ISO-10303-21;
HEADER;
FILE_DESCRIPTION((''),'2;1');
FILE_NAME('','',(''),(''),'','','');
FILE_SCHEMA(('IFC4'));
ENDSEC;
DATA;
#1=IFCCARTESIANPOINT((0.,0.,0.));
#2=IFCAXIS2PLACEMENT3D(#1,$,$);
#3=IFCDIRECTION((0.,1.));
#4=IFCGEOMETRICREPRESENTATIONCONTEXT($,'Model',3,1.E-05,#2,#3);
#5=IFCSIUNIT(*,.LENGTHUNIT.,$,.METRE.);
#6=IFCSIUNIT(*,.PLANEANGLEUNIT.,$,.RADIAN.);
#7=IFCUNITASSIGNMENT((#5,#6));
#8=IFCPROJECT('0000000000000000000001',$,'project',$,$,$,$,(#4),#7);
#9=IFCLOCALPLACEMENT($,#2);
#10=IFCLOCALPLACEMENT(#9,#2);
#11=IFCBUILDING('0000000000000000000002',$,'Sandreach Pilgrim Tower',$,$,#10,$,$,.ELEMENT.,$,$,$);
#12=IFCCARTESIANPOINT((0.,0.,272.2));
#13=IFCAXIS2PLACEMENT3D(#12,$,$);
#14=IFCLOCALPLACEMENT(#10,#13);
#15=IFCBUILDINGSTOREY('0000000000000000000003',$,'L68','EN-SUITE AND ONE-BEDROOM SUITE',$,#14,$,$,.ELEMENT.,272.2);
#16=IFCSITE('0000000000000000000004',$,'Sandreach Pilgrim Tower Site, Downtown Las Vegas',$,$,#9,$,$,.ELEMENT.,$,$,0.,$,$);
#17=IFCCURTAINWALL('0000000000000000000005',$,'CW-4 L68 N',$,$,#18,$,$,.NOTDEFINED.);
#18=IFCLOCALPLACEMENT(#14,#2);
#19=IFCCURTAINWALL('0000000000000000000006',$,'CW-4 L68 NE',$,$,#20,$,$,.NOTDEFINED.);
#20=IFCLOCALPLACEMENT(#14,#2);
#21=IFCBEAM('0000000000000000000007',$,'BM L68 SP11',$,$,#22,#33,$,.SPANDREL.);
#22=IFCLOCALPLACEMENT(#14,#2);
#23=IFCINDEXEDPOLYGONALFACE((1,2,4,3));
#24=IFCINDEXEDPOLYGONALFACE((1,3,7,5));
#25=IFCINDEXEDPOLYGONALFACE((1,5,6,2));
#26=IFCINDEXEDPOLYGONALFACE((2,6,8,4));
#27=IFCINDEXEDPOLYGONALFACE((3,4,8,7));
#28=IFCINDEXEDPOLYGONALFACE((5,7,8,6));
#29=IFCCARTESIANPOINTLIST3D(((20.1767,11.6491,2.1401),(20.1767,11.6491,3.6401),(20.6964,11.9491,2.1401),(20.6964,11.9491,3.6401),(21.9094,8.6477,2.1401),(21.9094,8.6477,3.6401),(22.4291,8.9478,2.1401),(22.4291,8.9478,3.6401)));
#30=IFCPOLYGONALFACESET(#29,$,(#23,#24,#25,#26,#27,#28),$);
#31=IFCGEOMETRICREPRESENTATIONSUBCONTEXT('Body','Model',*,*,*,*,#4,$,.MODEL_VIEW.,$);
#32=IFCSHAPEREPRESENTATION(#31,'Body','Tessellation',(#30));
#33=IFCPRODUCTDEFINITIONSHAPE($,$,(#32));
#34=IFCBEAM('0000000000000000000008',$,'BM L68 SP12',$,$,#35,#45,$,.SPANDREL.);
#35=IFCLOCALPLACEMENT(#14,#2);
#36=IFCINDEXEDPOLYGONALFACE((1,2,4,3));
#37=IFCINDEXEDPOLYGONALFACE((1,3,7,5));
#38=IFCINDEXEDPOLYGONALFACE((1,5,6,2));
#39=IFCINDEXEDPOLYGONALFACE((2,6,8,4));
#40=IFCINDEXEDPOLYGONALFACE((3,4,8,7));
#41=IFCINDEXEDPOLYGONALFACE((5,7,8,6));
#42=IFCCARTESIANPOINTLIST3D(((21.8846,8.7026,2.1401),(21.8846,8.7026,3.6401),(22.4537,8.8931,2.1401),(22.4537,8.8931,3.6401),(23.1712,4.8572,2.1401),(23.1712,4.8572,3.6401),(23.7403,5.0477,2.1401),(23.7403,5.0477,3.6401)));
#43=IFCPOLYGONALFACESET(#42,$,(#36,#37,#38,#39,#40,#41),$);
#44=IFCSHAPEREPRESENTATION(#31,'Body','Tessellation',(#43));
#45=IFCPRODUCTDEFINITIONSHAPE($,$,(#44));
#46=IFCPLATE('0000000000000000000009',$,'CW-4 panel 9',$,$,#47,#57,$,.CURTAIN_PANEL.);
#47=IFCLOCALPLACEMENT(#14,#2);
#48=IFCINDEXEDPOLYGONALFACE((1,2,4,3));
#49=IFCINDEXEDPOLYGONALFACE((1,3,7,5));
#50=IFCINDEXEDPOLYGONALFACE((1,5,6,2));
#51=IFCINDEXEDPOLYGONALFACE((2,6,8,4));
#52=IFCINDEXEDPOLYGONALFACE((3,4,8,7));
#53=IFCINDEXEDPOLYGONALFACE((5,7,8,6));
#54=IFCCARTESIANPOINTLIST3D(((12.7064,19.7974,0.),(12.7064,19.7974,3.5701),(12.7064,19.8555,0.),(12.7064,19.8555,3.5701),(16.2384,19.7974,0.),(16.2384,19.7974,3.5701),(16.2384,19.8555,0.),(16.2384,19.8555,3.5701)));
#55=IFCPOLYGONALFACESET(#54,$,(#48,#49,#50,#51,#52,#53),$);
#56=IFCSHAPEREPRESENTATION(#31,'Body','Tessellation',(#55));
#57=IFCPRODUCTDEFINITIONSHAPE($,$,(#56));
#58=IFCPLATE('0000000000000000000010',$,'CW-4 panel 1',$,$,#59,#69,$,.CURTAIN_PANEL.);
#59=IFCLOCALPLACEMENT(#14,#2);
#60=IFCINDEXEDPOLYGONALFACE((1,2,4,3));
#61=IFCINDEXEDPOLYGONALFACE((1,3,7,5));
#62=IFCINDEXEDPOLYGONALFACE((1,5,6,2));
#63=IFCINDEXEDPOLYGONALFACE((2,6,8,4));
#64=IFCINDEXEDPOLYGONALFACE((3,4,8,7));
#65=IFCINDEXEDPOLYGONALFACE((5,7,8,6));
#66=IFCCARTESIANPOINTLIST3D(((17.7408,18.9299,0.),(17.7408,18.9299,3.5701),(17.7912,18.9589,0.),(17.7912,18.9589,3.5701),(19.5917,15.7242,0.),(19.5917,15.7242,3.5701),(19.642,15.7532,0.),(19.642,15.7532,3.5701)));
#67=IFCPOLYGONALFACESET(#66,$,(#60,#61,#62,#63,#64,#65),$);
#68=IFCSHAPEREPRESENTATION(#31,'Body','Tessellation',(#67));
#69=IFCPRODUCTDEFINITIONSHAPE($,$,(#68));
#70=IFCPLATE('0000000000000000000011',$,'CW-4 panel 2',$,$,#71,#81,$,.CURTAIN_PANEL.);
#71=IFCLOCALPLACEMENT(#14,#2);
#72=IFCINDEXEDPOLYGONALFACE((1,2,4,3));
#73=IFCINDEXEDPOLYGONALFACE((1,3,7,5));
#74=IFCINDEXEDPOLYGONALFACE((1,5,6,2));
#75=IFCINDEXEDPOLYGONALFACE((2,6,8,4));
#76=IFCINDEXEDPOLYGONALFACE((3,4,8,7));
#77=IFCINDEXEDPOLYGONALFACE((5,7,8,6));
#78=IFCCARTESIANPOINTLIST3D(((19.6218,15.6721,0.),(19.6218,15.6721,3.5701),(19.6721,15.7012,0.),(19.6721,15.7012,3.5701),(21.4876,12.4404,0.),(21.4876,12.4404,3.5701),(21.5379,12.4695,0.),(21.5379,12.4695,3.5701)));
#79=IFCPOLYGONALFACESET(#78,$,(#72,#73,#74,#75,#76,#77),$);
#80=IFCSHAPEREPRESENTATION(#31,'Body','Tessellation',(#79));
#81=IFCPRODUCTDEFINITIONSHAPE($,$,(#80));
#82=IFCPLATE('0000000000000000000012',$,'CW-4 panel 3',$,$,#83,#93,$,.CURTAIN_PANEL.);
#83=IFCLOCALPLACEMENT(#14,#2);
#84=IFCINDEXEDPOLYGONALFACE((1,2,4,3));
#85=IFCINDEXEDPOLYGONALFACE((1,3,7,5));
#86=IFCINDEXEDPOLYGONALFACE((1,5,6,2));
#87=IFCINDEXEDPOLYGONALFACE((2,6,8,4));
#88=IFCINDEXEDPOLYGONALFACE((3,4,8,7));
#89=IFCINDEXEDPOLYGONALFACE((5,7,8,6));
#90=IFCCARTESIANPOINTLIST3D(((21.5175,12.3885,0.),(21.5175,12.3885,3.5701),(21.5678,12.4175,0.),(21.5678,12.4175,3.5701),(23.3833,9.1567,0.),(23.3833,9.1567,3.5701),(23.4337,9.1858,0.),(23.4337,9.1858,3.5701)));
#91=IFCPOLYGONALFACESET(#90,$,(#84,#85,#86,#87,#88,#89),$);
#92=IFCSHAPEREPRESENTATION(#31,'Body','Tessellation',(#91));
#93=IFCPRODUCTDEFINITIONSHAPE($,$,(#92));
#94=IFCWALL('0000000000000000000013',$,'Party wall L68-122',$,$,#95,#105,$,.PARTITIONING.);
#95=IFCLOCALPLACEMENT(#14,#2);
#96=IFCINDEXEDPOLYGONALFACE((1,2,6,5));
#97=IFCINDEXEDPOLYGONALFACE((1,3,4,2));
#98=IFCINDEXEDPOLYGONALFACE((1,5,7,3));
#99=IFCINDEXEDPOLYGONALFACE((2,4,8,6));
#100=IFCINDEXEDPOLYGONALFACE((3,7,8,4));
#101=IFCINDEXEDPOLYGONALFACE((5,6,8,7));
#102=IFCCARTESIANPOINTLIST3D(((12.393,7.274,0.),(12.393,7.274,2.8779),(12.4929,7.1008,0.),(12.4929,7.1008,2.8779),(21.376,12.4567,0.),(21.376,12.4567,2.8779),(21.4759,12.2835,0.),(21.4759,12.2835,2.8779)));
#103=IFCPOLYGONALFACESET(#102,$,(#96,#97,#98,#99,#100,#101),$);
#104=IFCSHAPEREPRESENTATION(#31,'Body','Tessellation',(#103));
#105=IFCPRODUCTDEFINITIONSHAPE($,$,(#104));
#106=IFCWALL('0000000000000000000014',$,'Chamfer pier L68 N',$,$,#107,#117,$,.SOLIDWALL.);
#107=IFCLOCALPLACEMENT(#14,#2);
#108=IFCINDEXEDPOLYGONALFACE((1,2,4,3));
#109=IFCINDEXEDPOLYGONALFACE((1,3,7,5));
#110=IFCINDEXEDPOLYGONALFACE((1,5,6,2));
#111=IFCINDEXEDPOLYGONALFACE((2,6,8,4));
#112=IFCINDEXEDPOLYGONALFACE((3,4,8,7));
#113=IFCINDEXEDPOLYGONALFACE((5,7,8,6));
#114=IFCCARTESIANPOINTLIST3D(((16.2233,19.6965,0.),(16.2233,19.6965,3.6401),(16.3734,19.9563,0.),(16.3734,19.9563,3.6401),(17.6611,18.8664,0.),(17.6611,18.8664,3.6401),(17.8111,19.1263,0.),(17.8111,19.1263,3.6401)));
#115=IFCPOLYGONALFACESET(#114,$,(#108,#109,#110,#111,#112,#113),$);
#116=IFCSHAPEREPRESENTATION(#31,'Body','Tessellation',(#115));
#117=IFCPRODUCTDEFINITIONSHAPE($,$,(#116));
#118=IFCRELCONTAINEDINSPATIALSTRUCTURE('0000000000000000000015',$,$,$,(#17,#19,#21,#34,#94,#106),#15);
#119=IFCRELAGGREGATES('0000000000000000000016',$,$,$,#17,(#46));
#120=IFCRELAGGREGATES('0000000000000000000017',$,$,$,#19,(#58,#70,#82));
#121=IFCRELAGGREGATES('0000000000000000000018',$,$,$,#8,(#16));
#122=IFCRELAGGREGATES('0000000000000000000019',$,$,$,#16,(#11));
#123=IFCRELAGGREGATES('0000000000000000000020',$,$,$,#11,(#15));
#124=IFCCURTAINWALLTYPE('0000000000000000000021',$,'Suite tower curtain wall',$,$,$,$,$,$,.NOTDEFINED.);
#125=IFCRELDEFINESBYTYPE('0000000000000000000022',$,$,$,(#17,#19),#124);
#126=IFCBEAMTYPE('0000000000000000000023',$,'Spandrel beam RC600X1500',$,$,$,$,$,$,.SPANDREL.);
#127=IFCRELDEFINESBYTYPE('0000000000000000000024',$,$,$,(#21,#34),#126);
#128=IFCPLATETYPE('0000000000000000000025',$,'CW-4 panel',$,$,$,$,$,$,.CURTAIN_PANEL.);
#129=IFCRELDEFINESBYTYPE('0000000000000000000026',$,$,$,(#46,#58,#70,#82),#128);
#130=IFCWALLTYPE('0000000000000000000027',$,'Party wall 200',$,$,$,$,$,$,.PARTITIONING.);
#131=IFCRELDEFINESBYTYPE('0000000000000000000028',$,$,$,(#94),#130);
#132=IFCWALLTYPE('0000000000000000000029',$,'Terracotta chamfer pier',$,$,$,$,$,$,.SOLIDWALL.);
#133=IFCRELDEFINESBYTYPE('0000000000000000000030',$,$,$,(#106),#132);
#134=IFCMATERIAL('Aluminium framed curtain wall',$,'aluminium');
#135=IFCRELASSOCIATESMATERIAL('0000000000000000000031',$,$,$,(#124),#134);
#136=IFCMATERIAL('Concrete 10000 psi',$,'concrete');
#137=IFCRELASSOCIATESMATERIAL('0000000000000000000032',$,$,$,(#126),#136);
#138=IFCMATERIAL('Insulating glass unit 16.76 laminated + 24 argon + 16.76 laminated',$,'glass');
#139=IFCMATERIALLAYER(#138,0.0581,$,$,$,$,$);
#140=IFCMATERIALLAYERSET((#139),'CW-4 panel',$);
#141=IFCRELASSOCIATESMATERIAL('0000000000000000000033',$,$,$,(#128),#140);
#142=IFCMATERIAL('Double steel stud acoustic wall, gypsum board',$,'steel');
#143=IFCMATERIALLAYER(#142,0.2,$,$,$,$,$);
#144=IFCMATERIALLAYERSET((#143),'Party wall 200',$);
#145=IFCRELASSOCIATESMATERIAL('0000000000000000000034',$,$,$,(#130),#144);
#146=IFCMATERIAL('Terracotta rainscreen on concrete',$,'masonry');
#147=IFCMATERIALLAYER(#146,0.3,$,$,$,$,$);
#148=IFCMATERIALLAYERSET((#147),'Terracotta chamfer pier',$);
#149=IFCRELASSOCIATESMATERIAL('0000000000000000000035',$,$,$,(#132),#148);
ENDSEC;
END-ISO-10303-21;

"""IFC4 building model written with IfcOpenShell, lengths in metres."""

from ifc_helpers import new_model, si_unit, direction, frame, frame_2d, origin, origin_2d, place, context, subcontext, project, spatial, rectangle, extrude, material, layer, layer_set, material_profile, profile_set, type_object, element, aggregate, save


model = new_model("IFC4")

# Units and contexts
model_context = context("Model", 3, precision=1e-05, world=origin(), true_north=direction((0.0, 1.0)))
body_context = subcontext(model_context, "Body", "Model", "MODEL_VIEW")
ifc_project = project(units=[si_unit("LENGTHUNIT", "METRE"), si_unit("PLANEANGLEUNIT", "RADIAN")], contexts=[model_context])

# Site, building, storey
site_placement = place(None, origin())
site = spatial("IfcSite", under=ifc_project, at=site_placement, Name="Sandreach Pilgrim Tower Site, Downtown Las Vegas", CompositionType="ELEMENT", RefElevation=0.0)
building_placement = place(site_placement, origin())
building = spatial("IfcBuilding", under=site, at=building_placement, Name="Sandreach Pilgrim Tower", CompositionType="ELEMENT")
storey_placement = place(building_placement, frame((0.0, 0.0, 272.2)))
storey = spatial("IfcBuildingStorey", under=building, at=storey_placement, Name="L68", Description="EN-SUITE AND ONE-BEDROOM SUITE", CompositionType="ELEMENT", Elevation=272.2)

# Curtain wall
ifc_material_1 = material(Name="Aluminium framed curtain wall", Category="aluminium")
curtain_wall_type = type_object("IfcCurtainWallType", Name="Suite tower curtain wall", PredefinedType="NOTDEFINED", material=ifc_material_1)
curtain_wall_1_placement = place(storey_placement, origin())
curtain_wall_1 = element("IfcCurtainWall", 1, at=curtain_wall_1_placement, inside=storey, type_object=curtain_wall_type, Name="CW-4 L68 N", PredefinedType="NOTDEFINED")

# Curtain wall
curtain_wall_2_placement = place(storey_placement, origin())
curtain_wall_2 = element("IfcCurtainWall", 2, at=curtain_wall_2_placement, inside=storey, type_object=curtain_wall_type, Name="CW-4 L68 NE", PredefinedType="NOTDEFINED")

# Beams
ifc_material_2 = material(Name="Concrete 10000 psi", Category="concrete")
ifc_material_profile_1 = material_profile(ifc_material_2, rectangle(XDim=0.6001, YDim=1.5, at=origin_2d()), Name="RC600X1500")
ifc_profile_set_1 = profile_set([ifc_material_profile_1], Name="Concrete 10000 psi")
beam_type_1 = type_object("IfcBeamType", Name="Spandrel beam RC600X1500", PredefinedType="SPANDREL", material=ifc_profile_set_1)
for number, where, z_axis, x_axis, name in (
    (3, (20.4365, 11.7991, 2.8901), (0.499981, -0.866037, 0.0), (0.866037, 0.499981, 0.0), "BM L68 SP11"),
):
    element("IfcBeam", number, at=place(storey_placement, frame(where, z_axis=z_axis, x_axis=x_axis)), inside=storey, type_object=beam_type_1, Name=name, PredefinedType="SPANDREL", context=body_context, shape_type="SweptSolid", body=[
        extrude(rectangle(XDim=0.6001, YDim=1.5, at=origin_2d()), origin(), (0.0, 0.0, 1.0), 3.4656),
    ])
beam_1_placement = place(storey_placement, frame((22.1692, 8.7979, 2.8901), z_axis=(0.317293, -0.948327, 0.0), x_axis=(0.948327, 0.317293, 0.0)))
element("IfcBeam", 4, at=beam_1_placement, inside=storey, type_object=beam_type_1, Name="BM L68 SP12", PredefinedType="SPANDREL", context=body_context, shape_type="SweptSolid", body=[
    extrude(rectangle(XDim=0.6001, YDim=1.5, at=origin_2d()), origin(), (0.0, 0.0, 1.0), 4.0549),
])

# Plates
ifc_material_3 = material(Name="Insulating glass unit 16.76 laminated + 24 argon + 16.76 laminated", Category="glass")
ifc_layer_1 = layer(ifc_material_3, 0.0581)
ifc_layer_set_1 = layer_set([ifc_layer_1], Name="CW-4 panel")
plate_type = type_object("IfcPlateType", Name="CW-4 panel", PredefinedType="CURTAIN_PANEL", material=ifc_layer_set_1)
plate_1_placement = place(storey_placement, frame((14.4724, 19.8264, 0.0), z_axis=(0.0, 0.0, 1.0), x_axis=(1.0, 0.0, 0.0)))
plate_1 = element("IfcPlate", 5, at=plate_1_placement, type_object=plate_type, Name="CW-4 panel 9", PredefinedType="CURTAIN_PANEL", context=body_context, shape_type="SweptSolid", body=[
    extrude(rectangle(XDim=3.532, YDim=0.0581, at=origin_2d()), origin(), (0.0, 0.0, 1.0), 3.5701),
])
aggregate(curtain_wall_1, [plate_1])
plate_2_placement = place(storey_placement, frame((18.6914, 17.3416, 0.0), z_axis=(0.0, 0.0, 1.0), x_axis=(0.5, -0.866025, 0.0)))
plate_2 = element("IfcPlate", 6, at=plate_2_placement, type_object=plate_type, Name="CW-4 panel 1", PredefinedType="CURTAIN_PANEL", context=body_context, shape_type="SweptSolid", body=[
    extrude(rectangle(XDim=3.7017, YDim=0.0581, at=origin_2d()), origin(), (0.0, 0.0, 1.0), 3.5701),
])
plate_3_placement = place(storey_placement, frame((20.5798, 14.0708, 0.0), z_axis=(0.0, 0.0, 1.0), x_axis=(0.5, -0.866025, 0.0)))
plate_3 = element("IfcPlate", 7, at=plate_3_placement, type_object=plate_type, Name="CW-4 panel 2", PredefinedType="CURTAIN_PANEL", context=body_context, shape_type="SweptSolid", body=[
    extrude(rectangle(XDim=3.7317, YDim=0.0581, at=origin_2d()), origin(), (0.0, 0.0, 1.0), 3.5701),
])
plate_4_placement = place(storey_placement, frame((22.4756, 10.7871, 0.0), z_axis=(0.0, 0.0, 1.0), x_axis=(0.5, -0.866025, 0.0)))
plate_4 = element("IfcPlate", 8, at=plate_4_placement, type_object=plate_type, Name="CW-4 panel 3", PredefinedType="CURTAIN_PANEL", context=body_context, shape_type="SweptSolid", body=[
    extrude(rectangle(XDim=3.7317, YDim=0.0581, at=origin_2d()), origin(), (0.0, 0.0, 1.0), 3.5701),
])
aggregate(curtain_wall_2, [plate_2, plate_3, plate_4])

# Walls
ifc_material_4 = material(Name="Double steel stud acoustic wall, gypsum board", Category="steel")
ifc_layer_2 = layer(ifc_material_4, 0.2)
ifc_layer_set_2 = layer_set([ifc_layer_2], Name="Party wall 200")
wall_type_1 = type_object("IfcWallType", Name="Party wall 200", PredefinedType="PARTITIONING", material=ifc_layer_set_2)
wall_1_placement = place(storey_placement, frame((21.426, 12.3701, 0.0), z_axis=(0.0, 0.0, 1.0), x_axis=(-0.866179, -0.499735, 0.0)))
element("IfcWall", 9, at=wall_1_placement, inside=storey, type_object=wall_type_1, Name="Party wall L68-122", PredefinedType="PARTITIONING", context=body_context, shape_type="SweptSolid", body=[
    extrude(rectangle(XDim=10.3708, YDim=0.2, at=frame_2d((5.1855, 0.0))), origin(), (0.0, 0.0, 1.0), 2.8779),
])
ifc_material_5 = material(Name="Terracotta rainscreen on concrete", Category="masonry")
ifc_layer_3 = layer(ifc_material_5, 0.3)
ifc_layer_set_3 = layer_set([ifc_layer_3], Name="Terracotta chamfer pier")
wall_type_2 = type_object("IfcWallType", Name="Terracotta chamfer pier", PredefinedType="SOLIDWALL", material=ifc_layer_set_3)
wall_2_placement = place(storey_placement, frame((16.2983, 19.8264, 0.0), z_axis=(0.0, 0.0, 1.0), x_axis=(0.866026, -0.499998, 0.0)))
element("IfcWall", 10, at=wall_2_placement, inside=storey, type_object=wall_type_2, Name="Chamfer pier L68 N", PredefinedType="SOLIDWALL", context=body_context, shape_type="SweptSolid", body=[
    extrude(rectangle(XDim=1.6602, YDim=0.3, at=frame_2d((0.8301, 0.0))), origin(), (0.0, 0.0, 1.0), 3.6401),
])

save(model, "model.ifc")
